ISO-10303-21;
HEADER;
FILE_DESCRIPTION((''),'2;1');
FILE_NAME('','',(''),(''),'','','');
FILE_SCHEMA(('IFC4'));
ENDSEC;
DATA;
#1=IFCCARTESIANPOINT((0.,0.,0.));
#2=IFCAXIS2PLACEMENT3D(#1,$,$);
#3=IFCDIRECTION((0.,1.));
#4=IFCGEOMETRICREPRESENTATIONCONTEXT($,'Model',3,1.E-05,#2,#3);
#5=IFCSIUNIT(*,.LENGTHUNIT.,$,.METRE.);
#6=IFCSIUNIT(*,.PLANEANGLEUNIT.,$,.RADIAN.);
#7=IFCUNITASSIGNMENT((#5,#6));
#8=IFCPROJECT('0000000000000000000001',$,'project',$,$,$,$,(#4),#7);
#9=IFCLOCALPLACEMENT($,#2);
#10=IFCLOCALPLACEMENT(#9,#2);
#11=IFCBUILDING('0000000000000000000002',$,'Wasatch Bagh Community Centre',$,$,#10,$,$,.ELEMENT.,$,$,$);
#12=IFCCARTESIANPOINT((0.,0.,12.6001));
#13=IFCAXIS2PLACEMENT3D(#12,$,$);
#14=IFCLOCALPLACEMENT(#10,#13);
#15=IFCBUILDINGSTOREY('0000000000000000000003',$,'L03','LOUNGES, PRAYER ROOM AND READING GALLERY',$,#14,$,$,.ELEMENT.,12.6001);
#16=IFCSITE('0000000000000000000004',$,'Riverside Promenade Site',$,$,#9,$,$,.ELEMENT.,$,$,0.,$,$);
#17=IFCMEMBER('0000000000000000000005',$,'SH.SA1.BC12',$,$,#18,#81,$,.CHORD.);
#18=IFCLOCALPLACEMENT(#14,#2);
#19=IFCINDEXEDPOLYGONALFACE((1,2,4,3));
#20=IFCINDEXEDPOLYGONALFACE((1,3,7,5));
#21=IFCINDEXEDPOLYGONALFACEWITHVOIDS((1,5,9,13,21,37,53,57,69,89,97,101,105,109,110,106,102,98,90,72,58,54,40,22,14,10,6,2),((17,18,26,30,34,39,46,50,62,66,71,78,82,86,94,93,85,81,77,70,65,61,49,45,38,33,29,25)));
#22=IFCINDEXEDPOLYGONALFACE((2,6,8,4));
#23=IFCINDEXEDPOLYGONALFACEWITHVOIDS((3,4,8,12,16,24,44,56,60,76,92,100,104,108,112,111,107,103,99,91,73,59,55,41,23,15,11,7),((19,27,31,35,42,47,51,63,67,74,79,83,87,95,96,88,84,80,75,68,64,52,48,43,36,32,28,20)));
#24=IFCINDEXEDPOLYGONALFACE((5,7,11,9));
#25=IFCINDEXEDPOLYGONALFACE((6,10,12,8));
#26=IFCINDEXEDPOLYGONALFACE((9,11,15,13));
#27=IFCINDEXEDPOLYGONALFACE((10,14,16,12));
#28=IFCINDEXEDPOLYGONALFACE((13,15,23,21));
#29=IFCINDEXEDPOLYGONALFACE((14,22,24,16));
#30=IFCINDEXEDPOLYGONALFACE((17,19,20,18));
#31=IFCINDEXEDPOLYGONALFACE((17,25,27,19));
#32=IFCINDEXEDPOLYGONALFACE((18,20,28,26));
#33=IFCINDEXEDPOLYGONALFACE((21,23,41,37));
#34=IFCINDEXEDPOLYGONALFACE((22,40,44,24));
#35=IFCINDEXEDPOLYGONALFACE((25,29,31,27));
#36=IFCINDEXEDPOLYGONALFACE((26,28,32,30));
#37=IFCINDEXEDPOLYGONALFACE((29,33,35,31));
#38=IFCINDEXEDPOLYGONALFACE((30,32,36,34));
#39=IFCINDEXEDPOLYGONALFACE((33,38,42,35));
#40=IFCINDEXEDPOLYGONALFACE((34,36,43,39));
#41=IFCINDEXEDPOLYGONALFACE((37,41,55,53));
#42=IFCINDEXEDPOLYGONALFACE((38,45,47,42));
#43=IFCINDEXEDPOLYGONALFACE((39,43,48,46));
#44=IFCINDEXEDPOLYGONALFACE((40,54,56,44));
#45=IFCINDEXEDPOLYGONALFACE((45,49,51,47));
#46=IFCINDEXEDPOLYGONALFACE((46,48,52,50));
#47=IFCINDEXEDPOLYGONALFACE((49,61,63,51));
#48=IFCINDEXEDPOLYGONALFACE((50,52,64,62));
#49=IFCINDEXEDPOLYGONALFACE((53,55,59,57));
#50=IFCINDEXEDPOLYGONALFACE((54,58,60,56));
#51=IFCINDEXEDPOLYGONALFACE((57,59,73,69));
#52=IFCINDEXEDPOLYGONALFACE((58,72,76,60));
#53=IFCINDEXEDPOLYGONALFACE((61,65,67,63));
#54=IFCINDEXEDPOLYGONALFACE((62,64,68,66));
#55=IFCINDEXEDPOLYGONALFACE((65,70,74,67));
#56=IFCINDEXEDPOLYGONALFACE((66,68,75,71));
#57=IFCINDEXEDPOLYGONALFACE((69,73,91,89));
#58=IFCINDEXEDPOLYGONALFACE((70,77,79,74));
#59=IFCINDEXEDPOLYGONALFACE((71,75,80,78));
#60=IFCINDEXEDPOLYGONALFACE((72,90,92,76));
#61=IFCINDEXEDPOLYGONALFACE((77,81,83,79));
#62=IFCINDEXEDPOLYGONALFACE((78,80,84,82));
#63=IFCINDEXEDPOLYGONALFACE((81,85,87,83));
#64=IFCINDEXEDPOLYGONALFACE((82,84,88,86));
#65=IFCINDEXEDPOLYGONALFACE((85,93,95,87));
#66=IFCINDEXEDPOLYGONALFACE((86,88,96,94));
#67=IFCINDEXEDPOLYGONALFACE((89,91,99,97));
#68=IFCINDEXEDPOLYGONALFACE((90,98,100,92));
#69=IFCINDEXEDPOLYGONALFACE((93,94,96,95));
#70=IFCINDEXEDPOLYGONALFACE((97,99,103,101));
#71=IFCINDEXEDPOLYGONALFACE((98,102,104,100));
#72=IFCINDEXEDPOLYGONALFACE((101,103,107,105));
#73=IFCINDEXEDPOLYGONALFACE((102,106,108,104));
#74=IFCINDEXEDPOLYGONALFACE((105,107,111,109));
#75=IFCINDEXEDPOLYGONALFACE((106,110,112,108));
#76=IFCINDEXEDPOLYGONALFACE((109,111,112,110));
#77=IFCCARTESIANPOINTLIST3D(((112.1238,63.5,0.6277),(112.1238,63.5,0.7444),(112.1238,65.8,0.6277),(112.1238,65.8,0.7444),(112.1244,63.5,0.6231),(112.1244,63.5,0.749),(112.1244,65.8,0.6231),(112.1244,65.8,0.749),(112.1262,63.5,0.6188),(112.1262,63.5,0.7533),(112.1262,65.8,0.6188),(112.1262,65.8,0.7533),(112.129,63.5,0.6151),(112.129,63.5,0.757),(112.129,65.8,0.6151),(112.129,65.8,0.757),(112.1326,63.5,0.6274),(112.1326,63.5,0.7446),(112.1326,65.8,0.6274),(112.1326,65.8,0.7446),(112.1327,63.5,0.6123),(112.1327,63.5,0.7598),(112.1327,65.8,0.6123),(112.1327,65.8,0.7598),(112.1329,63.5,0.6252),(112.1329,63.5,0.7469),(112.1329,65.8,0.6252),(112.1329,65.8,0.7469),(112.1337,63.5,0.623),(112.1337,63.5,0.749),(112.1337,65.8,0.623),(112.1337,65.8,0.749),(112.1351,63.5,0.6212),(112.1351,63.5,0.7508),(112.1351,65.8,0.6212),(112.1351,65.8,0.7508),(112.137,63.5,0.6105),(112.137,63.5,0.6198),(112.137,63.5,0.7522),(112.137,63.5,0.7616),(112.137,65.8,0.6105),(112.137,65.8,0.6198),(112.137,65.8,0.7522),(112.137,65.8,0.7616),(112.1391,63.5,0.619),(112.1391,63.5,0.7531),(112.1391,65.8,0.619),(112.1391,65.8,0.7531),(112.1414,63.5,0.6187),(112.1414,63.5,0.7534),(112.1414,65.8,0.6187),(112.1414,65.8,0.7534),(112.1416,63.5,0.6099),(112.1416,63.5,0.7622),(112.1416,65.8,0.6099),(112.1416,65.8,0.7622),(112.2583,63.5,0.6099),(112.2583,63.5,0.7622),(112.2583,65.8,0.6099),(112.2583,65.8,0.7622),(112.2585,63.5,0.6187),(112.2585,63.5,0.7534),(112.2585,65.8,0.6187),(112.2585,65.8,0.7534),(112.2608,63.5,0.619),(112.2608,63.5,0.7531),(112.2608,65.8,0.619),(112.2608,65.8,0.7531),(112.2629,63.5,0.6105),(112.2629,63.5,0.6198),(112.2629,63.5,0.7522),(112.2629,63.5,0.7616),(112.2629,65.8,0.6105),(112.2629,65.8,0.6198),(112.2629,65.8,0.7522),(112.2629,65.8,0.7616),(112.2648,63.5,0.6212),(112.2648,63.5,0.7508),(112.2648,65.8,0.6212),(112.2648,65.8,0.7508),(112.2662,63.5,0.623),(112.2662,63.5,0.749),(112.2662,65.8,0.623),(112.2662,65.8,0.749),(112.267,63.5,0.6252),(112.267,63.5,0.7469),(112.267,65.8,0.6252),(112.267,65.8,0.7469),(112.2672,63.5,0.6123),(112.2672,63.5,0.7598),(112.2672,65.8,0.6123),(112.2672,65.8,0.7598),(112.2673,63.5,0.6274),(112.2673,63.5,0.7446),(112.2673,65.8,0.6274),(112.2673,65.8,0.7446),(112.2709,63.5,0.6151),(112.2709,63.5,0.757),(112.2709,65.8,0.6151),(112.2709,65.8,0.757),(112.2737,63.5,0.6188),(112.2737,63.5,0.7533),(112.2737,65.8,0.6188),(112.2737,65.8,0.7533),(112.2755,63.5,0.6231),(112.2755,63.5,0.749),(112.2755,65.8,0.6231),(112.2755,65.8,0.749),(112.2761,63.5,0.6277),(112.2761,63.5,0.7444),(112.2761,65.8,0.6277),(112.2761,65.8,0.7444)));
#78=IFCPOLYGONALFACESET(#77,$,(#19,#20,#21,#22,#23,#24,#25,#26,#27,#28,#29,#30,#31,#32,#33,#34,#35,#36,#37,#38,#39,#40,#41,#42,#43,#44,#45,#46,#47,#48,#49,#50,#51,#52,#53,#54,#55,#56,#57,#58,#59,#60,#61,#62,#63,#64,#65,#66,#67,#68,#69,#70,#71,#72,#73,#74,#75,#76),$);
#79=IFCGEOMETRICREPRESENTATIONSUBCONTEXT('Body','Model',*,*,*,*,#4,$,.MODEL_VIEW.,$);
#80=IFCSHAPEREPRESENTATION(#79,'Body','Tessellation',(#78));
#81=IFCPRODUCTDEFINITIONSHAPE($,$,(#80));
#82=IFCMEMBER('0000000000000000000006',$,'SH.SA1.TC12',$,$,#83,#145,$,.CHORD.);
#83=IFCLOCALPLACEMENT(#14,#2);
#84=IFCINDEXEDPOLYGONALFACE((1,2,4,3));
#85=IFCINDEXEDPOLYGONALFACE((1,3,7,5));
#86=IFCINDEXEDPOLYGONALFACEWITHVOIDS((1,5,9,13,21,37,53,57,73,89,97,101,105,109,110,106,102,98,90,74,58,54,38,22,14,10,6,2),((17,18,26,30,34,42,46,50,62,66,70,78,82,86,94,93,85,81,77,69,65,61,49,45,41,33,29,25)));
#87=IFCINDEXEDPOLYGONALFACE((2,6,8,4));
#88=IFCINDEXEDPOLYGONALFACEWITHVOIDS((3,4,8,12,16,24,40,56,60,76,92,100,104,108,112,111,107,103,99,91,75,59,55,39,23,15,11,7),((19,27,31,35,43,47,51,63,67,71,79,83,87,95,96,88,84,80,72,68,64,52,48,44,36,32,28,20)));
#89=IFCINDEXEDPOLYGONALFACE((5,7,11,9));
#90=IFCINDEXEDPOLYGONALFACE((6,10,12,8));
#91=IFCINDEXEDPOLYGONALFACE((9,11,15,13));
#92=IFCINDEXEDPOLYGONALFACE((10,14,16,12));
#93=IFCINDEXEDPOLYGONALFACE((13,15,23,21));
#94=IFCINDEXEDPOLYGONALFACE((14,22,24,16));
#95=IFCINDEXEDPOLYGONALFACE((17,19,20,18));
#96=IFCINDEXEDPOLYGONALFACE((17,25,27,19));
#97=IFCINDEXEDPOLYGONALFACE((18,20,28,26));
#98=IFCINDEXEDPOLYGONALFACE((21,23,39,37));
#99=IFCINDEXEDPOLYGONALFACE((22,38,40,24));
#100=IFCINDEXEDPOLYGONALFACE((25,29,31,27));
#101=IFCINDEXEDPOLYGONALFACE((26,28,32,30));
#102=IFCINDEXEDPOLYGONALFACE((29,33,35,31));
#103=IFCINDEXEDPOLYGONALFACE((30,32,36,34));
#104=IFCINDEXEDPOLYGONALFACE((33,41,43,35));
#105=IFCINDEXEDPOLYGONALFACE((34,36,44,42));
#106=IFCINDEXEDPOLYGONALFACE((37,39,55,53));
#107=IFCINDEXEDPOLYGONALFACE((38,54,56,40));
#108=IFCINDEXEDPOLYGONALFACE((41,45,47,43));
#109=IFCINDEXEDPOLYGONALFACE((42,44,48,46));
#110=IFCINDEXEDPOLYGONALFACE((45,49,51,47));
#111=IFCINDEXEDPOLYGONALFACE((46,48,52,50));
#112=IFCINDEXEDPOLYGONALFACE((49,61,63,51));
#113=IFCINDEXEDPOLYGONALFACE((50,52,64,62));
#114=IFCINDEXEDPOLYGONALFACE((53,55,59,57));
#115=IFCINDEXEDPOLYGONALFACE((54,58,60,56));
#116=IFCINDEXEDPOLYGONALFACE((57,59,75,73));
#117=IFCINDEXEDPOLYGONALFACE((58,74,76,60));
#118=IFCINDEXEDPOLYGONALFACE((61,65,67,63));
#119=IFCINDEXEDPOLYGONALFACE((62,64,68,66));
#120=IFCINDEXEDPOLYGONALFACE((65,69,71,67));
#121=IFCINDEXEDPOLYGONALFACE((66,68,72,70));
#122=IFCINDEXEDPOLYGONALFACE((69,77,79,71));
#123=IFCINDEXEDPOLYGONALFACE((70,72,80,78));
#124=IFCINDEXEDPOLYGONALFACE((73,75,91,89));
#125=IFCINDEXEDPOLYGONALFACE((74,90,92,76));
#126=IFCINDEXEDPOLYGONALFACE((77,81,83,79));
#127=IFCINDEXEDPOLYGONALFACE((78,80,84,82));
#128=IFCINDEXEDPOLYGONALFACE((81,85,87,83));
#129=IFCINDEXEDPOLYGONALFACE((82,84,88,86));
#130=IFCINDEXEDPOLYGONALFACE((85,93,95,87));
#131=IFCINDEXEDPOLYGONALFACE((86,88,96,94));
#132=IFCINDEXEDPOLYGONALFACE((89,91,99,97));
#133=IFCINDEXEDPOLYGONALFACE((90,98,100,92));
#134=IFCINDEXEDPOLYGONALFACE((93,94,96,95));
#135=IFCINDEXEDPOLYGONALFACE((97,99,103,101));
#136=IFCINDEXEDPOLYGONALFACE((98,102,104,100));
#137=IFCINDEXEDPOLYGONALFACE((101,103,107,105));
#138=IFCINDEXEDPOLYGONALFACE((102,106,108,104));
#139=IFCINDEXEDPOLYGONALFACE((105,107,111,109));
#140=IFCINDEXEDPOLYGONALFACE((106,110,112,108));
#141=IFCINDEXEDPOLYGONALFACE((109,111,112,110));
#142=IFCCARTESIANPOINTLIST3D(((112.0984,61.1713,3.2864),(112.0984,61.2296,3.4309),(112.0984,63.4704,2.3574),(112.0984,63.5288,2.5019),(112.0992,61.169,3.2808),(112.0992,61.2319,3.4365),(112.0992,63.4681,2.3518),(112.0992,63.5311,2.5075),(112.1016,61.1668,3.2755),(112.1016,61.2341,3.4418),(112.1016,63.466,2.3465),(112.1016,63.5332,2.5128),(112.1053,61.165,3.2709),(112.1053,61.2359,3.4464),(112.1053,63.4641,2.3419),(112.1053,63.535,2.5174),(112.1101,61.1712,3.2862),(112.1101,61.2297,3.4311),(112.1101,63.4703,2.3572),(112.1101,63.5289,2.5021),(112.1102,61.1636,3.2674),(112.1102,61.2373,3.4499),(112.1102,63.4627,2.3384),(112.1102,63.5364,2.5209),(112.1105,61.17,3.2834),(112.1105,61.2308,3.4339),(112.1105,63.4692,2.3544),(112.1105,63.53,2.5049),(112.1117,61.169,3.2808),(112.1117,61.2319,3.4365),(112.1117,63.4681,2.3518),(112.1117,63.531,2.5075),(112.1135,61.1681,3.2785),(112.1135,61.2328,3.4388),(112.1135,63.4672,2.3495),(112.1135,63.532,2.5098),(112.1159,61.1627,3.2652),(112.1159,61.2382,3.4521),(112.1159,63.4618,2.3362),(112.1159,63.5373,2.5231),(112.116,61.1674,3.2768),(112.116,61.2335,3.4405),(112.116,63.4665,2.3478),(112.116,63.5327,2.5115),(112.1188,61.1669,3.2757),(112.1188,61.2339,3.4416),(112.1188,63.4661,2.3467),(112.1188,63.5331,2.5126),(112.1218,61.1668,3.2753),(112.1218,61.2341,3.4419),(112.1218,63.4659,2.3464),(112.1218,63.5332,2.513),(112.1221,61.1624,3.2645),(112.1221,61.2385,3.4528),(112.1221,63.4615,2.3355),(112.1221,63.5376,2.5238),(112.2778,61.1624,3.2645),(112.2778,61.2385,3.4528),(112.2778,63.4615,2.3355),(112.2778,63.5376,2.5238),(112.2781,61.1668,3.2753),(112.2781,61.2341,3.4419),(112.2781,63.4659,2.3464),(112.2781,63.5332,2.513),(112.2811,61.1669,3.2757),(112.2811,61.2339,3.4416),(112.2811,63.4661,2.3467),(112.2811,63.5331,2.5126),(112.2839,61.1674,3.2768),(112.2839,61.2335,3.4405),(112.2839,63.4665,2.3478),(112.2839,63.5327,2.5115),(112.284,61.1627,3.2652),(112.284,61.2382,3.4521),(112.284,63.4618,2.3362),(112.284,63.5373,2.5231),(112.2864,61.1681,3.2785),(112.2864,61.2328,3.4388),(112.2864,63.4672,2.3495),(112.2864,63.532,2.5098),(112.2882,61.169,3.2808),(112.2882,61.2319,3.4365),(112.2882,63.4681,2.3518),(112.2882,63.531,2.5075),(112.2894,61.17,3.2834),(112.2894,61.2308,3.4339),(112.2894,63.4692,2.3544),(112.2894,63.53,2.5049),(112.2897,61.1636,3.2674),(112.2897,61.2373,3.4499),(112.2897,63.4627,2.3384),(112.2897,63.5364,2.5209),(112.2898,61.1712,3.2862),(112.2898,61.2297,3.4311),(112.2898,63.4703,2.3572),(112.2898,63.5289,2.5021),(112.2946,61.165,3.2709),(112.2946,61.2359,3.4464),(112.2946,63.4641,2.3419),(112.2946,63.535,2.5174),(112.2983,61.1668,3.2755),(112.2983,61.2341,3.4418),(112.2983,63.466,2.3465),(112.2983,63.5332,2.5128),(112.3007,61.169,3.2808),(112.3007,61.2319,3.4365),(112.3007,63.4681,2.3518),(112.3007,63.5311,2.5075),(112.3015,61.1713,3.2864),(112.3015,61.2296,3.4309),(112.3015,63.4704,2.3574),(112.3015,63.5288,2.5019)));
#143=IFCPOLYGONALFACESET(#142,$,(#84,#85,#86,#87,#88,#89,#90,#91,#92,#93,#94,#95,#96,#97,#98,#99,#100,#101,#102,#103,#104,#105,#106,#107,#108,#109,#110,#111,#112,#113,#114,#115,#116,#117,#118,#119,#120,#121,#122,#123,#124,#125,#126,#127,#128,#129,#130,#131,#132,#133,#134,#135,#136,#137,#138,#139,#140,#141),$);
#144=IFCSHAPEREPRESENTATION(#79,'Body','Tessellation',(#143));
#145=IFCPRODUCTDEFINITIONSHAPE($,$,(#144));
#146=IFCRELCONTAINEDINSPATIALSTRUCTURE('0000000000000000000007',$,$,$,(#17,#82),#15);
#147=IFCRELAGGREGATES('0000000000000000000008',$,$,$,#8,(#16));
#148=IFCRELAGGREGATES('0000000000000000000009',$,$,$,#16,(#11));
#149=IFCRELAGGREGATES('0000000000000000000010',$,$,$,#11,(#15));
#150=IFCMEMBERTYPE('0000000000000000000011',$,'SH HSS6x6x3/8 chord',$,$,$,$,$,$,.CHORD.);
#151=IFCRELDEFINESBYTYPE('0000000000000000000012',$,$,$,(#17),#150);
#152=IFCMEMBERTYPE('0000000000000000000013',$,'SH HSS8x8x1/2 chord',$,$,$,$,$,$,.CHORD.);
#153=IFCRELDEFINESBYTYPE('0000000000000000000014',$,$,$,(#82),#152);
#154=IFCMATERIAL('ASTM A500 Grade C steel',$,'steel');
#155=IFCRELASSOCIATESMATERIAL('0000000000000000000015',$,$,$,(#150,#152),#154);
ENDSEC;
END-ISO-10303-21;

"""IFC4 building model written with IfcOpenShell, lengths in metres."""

from ifc_helpers import new_model, si_unit, direction, frame, origin, origin_2d, place, context, subcontext, project, spatial, hollow_rectangle, extrude, material, material_profile, profile_set, type_object, element, save


model = new_model("IFC4")

# Units and contexts
model_context = context("Model", 3, precision=1e-05, world=origin(), true_north=direction((0.0, 1.0)))
body_context = subcontext(model_context, "Body", "Model", "MODEL_VIEW")
ifc_project = project(units=[si_unit("LENGTHUNIT", "METRE"), si_unit("PLANEANGLEUNIT", "RADIAN")], contexts=[model_context])

# Site, building, storey
site_placement = place(None, origin())
site = spatial("IfcSite", under=ifc_project, at=site_placement, Name="Riverside Promenade Site", CompositionType="ELEMENT", RefElevation=0.0)
building_placement = place(site_placement, origin())
building = spatial("IfcBuilding", under=site, at=building_placement, Name="Wasatch Bagh Community Centre", CompositionType="ELEMENT")
storey_placement = place(building_placement, frame((0.0, 0.0, 12.6001)))
storey = spatial("IfcBuildingStorey", under=building, at=storey_placement, Name="L03", Description="LOUNGES, PRAYER ROOM AND READING GALLERY", CompositionType="ELEMENT", Elevation=12.6001)

# Members
ifc_material_1 = material(Name="ASTM A500 Grade C steel", Category="steel")
ifc_material_profile_1 = material_profile(ifc_material_1, hollow_rectangle(XDim=0.1523, YDim=0.1523, WallThickness=0.0088, InnerFilletRadius=0.0088, OuterFilletRadius=0.0178, at=origin_2d()), Name="HSS6x6x3/8")
ifc_profile_set_1 = profile_set([ifc_material_profile_1], Name="ASTM A500 Grade C steel")
member_type_1 = type_object("IfcMemberType", Name="SH HSS6x6x3/8 chord", PredefinedType="CHORD", material=ifc_profile_set_1)
for number, where, z_axis, x_axis, name in (
    (1, (112.2, 63.5, 0.686), (0.0, 1.0, 0.0), (-1.0, 0.0, 0.0), "SH.SA1.BC12"),
):
    element("IfcMember", number, at=place(storey_placement, frame(where, z_axis=z_axis, x_axis=x_axis)), inside=storey, type_object=member_type_1, Name=name, PredefinedType="CHORD", context=body_context, shape_type="SweptSolid", body=[
        extrude(hollow_rectangle(XDim=0.1523, YDim=0.1523, WallThickness=0.0088, InnerFilletRadius=0.0088, OuterFilletRadius=0.0178, at=origin_2d()), origin(), (0.0, 0.0, 1.0), 2.3),
    ])
ifc_material_profile_2 = material_profile(ifc_material_1, hollow_rectangle(XDim=0.2031, YDim=0.2031, WallThickness=0.0117, InnerFilletRadius=0.0117, OuterFilletRadius=0.0237, at=origin_2d()), Name="HSS8x8x1/2")
ifc_profile_set_2 = profile_set([ifc_material_profile_2], Name="ASTM A500 Grade C steel")
member_type_2 = type_object("IfcMemberType", Name="SH HSS8x8x1/2 chord", PredefinedType="CHORD", material=ifc_profile_set_2)
for number, where, z_axis, x_axis, name in (
    (2, (112.2, 61.2004, 3.3586), (0.0, 0.927174, -0.374631), (-1.0, 0.0, 0.0), "SH.SA1.TC12"),
):
    element("IfcMember", number, at=place(storey_placement, frame(where, z_axis=z_axis, x_axis=x_axis)), inside=storey, type_object=member_type_2, Name=name, PredefinedType="CHORD", context=body_context, shape_type="SweptSolid", body=[
        extrude(hollow_rectangle(XDim=0.2031, YDim=0.2031, WallThickness=0.0117, InnerFilletRadius=0.0117, OuterFilletRadius=0.0237, at=origin_2d()), origin(), (0.0, 0.0, 1.0), 2.4797),
    ])

save(model, "model.ifc")
